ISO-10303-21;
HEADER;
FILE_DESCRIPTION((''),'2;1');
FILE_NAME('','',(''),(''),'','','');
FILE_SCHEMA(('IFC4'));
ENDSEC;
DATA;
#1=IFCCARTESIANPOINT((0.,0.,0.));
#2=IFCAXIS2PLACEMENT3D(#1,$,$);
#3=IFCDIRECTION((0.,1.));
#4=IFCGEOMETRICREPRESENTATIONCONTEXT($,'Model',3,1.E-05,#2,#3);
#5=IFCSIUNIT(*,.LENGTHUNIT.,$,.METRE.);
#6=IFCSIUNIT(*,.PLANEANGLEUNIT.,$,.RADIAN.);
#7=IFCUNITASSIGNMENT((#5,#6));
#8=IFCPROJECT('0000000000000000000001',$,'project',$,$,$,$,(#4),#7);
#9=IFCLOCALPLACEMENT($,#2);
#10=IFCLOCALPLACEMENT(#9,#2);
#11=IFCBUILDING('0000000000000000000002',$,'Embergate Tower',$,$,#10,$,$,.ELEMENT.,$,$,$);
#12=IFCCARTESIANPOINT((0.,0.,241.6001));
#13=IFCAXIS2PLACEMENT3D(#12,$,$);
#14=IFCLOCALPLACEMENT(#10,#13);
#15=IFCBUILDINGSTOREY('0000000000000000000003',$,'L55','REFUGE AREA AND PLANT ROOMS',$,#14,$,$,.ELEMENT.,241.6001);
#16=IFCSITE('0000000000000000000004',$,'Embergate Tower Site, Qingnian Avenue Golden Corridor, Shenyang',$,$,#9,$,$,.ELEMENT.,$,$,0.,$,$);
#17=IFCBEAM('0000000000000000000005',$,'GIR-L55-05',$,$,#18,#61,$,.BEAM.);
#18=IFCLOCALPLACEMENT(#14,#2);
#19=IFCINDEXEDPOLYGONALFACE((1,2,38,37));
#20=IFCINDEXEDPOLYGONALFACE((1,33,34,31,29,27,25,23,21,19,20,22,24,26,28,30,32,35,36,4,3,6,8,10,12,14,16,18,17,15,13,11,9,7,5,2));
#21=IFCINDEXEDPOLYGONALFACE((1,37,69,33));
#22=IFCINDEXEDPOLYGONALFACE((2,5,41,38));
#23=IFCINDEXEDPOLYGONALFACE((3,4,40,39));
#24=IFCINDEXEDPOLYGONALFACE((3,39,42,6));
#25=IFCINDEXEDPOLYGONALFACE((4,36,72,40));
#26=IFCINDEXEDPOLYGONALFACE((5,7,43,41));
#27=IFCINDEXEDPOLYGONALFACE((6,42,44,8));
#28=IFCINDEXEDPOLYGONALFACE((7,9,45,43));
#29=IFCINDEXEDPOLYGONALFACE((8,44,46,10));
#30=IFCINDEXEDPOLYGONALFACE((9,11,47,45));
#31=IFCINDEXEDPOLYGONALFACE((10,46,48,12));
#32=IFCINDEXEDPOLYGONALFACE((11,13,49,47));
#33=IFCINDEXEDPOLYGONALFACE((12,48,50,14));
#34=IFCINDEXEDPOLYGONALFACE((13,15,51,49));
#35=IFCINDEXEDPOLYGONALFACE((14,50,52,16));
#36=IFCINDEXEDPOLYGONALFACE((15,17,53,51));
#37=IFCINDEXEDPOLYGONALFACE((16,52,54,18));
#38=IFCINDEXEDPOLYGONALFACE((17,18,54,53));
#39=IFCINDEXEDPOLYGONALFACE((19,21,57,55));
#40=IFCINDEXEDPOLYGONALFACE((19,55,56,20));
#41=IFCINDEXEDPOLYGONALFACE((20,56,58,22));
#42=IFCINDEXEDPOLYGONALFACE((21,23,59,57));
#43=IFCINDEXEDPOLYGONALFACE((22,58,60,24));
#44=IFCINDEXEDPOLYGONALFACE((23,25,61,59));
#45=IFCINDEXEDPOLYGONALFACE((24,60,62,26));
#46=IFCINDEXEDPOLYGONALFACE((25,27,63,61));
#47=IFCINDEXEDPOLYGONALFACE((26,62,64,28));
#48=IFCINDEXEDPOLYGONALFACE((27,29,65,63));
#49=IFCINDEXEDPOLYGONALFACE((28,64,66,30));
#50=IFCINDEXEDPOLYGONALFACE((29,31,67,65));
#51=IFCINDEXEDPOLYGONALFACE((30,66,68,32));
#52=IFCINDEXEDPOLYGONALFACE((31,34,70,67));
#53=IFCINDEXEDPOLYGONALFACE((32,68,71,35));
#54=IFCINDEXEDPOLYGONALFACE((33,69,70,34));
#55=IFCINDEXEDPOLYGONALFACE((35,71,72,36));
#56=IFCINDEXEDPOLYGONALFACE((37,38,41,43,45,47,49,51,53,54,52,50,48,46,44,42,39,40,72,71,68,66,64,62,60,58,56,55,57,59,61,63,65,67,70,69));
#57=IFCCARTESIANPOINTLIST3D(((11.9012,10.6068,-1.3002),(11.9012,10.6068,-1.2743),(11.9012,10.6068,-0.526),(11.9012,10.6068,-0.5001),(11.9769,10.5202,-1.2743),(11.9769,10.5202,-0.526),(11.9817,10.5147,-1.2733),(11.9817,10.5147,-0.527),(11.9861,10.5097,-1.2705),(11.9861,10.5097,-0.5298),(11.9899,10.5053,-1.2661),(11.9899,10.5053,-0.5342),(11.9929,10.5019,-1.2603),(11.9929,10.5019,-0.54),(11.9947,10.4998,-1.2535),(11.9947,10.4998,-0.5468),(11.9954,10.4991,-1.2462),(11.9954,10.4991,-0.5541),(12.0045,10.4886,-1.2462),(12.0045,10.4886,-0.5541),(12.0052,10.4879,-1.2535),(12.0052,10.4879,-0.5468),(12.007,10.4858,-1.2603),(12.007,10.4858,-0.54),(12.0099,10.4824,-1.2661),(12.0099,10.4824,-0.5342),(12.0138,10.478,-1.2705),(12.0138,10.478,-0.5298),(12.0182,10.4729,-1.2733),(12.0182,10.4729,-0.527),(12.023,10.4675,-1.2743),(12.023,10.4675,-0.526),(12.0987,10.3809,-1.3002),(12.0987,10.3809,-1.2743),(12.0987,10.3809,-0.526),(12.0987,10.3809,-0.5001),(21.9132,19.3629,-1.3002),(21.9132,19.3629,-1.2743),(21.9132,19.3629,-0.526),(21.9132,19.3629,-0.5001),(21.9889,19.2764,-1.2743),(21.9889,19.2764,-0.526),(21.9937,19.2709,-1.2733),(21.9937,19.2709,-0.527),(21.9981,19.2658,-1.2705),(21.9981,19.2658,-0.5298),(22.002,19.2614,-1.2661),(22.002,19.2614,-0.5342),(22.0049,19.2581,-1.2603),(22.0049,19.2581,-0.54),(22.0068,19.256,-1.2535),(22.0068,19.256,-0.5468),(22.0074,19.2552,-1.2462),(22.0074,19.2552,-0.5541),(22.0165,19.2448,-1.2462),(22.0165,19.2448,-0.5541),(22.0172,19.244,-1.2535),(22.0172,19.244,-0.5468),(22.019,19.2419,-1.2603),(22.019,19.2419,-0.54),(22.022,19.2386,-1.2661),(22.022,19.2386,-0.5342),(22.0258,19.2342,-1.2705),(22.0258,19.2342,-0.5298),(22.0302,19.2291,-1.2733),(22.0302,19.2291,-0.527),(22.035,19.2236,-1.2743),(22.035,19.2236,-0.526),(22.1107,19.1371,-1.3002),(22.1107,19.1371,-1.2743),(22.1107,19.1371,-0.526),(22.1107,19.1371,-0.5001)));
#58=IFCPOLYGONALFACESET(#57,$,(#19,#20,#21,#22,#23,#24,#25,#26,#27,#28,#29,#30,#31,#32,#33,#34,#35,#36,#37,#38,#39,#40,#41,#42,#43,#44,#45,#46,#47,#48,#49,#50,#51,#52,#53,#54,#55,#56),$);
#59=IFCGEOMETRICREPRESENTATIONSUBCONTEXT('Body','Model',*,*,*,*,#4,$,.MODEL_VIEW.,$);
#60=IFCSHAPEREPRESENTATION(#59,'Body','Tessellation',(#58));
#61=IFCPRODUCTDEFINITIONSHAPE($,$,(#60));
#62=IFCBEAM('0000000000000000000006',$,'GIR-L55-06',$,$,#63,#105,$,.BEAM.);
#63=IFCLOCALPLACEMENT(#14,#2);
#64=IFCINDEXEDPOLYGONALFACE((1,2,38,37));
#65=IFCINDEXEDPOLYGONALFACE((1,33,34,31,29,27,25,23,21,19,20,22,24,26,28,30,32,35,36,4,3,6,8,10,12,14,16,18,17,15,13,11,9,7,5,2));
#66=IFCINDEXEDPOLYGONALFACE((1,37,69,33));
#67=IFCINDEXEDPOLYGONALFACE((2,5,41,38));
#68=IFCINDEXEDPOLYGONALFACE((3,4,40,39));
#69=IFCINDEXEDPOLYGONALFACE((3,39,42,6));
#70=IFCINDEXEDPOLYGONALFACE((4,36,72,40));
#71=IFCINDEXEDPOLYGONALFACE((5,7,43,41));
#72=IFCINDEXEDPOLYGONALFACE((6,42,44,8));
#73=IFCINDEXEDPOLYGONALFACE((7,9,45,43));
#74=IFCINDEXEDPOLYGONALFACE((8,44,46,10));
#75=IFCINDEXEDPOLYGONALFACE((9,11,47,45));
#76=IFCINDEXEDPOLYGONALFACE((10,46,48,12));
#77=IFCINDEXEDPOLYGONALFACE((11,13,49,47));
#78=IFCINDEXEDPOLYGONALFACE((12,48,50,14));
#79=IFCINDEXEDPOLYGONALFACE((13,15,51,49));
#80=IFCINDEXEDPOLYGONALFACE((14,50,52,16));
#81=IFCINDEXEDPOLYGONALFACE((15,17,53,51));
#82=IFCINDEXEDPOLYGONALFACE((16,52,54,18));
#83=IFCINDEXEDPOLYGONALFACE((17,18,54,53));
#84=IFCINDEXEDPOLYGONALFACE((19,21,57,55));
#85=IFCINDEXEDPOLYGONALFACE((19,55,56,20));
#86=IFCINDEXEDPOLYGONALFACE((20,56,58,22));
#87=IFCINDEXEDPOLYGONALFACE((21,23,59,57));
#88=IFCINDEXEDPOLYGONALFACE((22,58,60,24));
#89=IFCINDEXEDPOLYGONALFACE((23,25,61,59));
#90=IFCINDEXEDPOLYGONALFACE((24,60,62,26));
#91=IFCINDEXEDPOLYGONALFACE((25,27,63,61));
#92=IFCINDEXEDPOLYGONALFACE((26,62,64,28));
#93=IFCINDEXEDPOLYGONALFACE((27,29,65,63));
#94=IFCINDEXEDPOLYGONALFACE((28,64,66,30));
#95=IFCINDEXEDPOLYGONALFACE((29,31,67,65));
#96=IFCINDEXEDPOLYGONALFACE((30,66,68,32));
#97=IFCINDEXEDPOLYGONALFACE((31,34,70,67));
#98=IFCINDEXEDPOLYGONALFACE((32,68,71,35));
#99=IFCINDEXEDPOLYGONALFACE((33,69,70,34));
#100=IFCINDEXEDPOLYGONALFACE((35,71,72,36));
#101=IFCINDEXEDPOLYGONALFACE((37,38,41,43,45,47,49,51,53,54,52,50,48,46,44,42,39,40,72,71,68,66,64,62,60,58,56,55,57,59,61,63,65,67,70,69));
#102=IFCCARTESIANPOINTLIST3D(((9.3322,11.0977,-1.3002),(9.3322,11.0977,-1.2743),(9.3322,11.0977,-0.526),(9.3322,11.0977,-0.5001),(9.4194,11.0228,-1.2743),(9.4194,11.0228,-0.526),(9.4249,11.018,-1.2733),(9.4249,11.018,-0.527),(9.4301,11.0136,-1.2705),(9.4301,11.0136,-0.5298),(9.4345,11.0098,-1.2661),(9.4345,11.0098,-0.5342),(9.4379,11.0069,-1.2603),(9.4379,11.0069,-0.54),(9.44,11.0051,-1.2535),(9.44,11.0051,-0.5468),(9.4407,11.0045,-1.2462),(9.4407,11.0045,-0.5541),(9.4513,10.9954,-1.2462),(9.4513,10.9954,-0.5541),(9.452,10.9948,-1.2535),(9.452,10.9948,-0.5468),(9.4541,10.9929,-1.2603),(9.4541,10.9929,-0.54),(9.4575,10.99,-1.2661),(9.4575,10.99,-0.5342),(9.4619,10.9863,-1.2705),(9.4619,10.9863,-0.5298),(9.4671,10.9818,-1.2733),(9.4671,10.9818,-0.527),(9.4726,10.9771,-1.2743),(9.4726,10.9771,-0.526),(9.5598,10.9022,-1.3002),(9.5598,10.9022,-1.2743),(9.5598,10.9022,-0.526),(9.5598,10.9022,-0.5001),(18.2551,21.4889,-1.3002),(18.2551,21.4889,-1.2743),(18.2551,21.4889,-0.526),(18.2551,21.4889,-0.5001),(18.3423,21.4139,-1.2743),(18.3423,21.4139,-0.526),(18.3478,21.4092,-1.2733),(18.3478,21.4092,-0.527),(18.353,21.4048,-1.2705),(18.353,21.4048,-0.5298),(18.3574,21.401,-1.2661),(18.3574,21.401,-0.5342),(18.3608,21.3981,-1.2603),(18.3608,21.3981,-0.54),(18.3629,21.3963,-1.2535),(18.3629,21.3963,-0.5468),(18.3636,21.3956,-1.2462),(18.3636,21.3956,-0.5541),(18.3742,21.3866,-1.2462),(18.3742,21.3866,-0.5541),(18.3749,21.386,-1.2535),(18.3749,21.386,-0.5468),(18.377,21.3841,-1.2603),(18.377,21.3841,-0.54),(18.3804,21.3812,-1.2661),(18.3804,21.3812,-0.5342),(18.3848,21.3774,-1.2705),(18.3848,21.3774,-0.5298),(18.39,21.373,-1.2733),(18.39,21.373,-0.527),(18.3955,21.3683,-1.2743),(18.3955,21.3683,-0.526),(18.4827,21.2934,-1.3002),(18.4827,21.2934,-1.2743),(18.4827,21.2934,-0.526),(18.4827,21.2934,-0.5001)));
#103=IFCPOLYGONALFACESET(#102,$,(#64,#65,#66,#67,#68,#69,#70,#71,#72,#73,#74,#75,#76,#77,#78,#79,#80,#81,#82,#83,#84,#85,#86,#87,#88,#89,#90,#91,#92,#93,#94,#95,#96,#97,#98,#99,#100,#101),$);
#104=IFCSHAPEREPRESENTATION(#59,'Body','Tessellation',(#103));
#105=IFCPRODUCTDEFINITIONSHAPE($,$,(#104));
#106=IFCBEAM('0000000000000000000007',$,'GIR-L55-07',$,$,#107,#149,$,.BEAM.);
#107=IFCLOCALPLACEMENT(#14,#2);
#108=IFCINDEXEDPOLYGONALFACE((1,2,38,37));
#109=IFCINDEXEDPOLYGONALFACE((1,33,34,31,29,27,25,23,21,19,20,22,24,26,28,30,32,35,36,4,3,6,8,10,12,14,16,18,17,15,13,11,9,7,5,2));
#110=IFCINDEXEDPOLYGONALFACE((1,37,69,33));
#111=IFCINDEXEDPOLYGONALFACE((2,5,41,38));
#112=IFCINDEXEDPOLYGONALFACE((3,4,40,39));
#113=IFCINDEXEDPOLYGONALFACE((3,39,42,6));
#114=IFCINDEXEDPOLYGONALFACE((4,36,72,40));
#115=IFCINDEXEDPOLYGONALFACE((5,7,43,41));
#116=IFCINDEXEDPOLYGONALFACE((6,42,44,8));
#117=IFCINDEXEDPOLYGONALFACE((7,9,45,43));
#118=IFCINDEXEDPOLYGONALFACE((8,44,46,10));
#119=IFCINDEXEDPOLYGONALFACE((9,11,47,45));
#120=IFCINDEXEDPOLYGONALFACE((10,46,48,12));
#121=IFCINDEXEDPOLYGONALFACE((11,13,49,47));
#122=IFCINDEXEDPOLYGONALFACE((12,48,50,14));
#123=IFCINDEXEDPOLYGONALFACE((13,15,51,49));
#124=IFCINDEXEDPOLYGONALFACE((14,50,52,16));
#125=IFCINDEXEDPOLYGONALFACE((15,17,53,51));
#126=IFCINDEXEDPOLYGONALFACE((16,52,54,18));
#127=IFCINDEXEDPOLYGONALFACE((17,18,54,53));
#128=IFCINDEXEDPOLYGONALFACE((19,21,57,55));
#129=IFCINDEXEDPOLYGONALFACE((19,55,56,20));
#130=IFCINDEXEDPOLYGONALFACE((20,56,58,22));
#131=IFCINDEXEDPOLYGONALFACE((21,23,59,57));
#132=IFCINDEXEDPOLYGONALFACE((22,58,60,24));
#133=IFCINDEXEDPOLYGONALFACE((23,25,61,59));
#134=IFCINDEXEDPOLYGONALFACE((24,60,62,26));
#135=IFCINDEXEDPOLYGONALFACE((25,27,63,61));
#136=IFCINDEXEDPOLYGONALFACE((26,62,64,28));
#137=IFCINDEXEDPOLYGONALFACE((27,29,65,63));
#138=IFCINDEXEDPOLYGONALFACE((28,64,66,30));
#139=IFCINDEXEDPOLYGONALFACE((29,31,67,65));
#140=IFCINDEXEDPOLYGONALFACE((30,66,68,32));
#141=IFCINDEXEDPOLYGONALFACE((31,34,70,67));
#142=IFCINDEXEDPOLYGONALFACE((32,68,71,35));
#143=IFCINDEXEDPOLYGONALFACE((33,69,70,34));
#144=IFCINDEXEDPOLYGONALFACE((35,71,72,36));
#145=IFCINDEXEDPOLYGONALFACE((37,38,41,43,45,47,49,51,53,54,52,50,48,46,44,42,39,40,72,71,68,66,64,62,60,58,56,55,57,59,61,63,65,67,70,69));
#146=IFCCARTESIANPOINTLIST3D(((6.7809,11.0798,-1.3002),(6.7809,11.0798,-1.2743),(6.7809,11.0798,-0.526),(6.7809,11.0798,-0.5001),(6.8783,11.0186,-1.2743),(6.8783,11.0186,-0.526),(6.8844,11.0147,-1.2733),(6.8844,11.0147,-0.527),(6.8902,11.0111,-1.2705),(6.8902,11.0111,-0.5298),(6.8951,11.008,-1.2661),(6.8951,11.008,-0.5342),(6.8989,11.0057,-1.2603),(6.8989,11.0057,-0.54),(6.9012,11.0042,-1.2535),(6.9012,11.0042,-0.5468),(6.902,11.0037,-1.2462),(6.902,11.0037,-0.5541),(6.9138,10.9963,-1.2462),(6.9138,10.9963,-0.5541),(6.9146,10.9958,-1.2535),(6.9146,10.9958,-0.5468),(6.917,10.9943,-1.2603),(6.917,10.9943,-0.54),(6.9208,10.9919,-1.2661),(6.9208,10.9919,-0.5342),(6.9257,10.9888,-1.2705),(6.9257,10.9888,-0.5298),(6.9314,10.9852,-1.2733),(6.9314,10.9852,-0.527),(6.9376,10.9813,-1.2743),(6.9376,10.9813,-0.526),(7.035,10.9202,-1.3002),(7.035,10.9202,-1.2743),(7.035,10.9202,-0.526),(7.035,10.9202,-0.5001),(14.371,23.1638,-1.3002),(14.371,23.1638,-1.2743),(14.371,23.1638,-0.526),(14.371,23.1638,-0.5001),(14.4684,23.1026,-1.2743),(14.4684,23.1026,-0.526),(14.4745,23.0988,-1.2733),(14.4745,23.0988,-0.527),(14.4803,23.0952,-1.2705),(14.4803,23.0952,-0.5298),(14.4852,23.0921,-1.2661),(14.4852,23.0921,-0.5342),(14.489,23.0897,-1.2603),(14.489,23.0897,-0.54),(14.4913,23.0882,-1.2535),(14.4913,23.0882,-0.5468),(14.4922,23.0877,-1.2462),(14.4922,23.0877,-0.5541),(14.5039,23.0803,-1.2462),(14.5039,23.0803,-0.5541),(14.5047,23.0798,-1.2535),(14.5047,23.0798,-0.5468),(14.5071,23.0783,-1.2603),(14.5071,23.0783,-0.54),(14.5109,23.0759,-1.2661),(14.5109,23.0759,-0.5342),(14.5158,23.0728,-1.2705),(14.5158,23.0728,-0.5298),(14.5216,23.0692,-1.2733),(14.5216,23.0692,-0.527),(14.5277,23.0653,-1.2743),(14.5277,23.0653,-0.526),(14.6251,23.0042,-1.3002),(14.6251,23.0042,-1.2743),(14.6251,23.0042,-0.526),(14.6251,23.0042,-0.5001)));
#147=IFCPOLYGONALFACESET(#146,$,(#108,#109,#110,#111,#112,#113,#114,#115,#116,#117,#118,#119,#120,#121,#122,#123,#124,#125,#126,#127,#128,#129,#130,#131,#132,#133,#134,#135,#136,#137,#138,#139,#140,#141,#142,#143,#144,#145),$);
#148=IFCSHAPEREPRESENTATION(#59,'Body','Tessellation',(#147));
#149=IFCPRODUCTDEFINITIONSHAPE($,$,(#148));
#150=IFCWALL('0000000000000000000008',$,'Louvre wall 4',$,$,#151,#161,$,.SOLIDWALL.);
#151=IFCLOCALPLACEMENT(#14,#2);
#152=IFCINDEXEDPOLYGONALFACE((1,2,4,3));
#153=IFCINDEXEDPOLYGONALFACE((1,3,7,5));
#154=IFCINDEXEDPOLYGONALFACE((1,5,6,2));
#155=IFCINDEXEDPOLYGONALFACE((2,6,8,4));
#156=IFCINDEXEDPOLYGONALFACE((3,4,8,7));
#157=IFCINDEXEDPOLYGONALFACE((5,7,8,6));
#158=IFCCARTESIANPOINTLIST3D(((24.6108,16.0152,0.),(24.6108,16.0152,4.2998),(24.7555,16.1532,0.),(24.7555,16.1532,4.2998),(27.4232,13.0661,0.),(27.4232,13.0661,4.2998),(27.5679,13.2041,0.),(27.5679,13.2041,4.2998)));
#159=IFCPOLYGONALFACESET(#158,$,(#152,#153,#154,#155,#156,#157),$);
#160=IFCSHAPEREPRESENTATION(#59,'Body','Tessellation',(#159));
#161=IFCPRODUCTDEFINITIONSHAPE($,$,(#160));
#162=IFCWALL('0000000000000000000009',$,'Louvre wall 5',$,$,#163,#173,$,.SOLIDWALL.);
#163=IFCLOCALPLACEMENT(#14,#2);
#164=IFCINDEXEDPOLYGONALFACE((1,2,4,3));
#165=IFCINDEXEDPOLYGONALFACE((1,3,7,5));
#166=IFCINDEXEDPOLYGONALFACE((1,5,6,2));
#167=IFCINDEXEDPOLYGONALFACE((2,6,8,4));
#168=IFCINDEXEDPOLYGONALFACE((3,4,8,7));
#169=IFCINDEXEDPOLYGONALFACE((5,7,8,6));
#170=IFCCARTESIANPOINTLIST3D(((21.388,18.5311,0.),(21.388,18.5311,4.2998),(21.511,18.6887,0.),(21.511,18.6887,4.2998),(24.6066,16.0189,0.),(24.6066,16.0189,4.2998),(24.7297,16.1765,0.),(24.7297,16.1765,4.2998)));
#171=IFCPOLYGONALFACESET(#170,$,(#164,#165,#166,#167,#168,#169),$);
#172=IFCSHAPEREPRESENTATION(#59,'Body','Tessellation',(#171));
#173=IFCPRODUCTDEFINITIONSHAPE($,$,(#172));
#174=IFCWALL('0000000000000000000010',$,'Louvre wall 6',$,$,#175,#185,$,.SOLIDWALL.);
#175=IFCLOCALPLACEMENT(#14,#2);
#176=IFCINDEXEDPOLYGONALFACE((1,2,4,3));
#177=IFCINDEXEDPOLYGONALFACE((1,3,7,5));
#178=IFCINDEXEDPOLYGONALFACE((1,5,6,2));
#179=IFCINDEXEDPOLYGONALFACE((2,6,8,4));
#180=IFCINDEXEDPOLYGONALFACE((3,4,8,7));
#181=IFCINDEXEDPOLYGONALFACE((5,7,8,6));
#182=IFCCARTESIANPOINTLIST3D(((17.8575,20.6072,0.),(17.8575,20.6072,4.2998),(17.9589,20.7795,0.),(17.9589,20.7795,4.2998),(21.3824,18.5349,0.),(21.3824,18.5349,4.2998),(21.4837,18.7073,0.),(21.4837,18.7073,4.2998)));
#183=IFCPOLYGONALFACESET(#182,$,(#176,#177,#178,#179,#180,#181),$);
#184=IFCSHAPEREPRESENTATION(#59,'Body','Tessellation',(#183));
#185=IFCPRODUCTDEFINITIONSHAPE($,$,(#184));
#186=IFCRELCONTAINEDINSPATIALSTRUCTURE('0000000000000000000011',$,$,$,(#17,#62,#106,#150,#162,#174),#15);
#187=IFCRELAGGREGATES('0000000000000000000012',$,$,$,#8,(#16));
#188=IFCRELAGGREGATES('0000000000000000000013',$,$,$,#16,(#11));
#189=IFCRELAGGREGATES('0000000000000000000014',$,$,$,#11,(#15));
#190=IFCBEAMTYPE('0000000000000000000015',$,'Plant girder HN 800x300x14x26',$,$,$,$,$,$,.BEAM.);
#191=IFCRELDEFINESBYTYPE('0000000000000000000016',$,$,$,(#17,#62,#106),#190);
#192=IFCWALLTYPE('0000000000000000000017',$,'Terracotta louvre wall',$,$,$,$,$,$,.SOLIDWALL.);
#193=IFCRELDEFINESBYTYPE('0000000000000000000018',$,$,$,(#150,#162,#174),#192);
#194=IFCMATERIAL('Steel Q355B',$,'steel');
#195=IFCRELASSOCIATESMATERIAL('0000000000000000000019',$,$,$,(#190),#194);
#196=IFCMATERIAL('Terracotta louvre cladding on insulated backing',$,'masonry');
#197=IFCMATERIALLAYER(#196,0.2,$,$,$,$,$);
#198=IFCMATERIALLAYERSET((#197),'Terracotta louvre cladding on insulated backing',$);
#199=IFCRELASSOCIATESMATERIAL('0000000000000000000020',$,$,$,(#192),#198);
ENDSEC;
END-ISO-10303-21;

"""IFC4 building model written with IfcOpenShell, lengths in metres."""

from ifc_helpers import new_model, si_unit, direction, frame, frame_2d, origin, origin_2d, place, context, subcontext, project, spatial, rectangle, i_section, extrude, source, transform, mapped, material, layer, layer_set, material_profile, profile_set, type_object, element, save


model = new_model("IFC4")

# Units and contexts
model_context = context("Model", 3, precision=1e-05, world=origin(), true_north=direction((0.0, 1.0)))
body_context = subcontext(model_context, "Body", "Model", "MODEL_VIEW")
ifc_project = project(units=[si_unit("LENGTHUNIT", "METRE"), si_unit("PLANEANGLEUNIT", "RADIAN")], contexts=[model_context])

# Site, building, storey
site_placement = place(None, origin())
site = spatial("IfcSite", under=ifc_project, at=site_placement, Name="Embergate Tower Site, Qingnian Avenue Golden Corridor, Shenyang", CompositionType="ELEMENT", RefElevation=0.0)
building_placement = place(site_placement, origin())
building = spatial("IfcBuilding", under=site, at=building_placement, Name="Embergate Tower", CompositionType="ELEMENT")
storey_placement = place(building_placement, frame((0.0, 0.0, 241.6001)))
storey = spatial("IfcBuildingStorey", under=building, at=storey_placement, Name="L55", Description="REFUGE AREA AND PLANT ROOMS", CompositionType="ELEMENT", Elevation=241.6001)

# Beams
ifc_material_1 = material(Name="Steel Q355B", Category="steel")
ifc_material_profile_1 = material_profile(ifc_material_1, i_section(OverallWidth=0.3, OverallDepth=0.8, WebThickness=0.0139, FlangeThickness=0.0259, FilletRadius=0.0281, at=origin_2d()), Name="HN 800x300x14x26")
ifc_profile_set_1 = profile_set([ifc_material_profile_1], Name="Steel Q355 grade B")
beam_type_1 = type_object("IfcBeamType", Name="Plant girder HN 800x300x14x26", PredefinedType="BEAM", material=ifc_profile_set_1)
shared_shape_1 = source(origin(), body_context, "Body", "SweptSolid", [
    extrude(i_section(OverallWidth=0.3, OverallDepth=0.8, WebThickness=0.0139, FlangeThickness=0.0259, FilletRadius=0.0281, at=origin_2d()), origin(), (0.0, 0.0, 1.0), 13.3008),
])
beam_1_placement = place(storey_placement, frame((22.012, 19.25, -0.9001), z_axis=(-0.752739, -0.658319, 0.0), x_axis=(0.658319, -0.752739, 0.0)))
element("IfcBeam", 1, at=beam_1_placement, inside=storey, type_object=beam_type_1, Name="GIR-L55-05", PredefinedType="BEAM", context=body_context, shape_type="MappedRepresentation", body=[
    mapped(shared_shape_1, transform((0.0, 0.0, 0.0))),
])
shared_shape_2 = source(origin(), body_context, "Body", "SweptSolid", [
    extrude(i_section(OverallWidth=0.3, OverallDepth=0.8, WebThickness=0.0139, FlangeThickness=0.0259, FilletRadius=0.0281, at=origin_2d()), origin(), (0.0, 0.0, 1.0), 13.6965),
])
beam_2_placement = place(storey_placement, frame((18.3689, 21.3911, -0.9001), z_axis=(-0.651472, -0.758672, 0.0), x_axis=(0.758672, -0.651472, 0.0)))
element("IfcBeam", 2, at=beam_2_placement, inside=storey, type_object=beam_type_1, Name="GIR-L55-06", PredefinedType="BEAM", context=body_context, shape_type="MappedRepresentation", body=[
    mapped(shared_shape_2, transform((0.0, 0.0, 0.0))),
])
shared_shape_3 = source(origin(), body_context, "Body", "SweptSolid", [
    extrude(i_section(OverallWidth=0.3, OverallDepth=0.8, WebThickness=0.0139, FlangeThickness=0.0259, FilletRadius=0.0281, at=origin_2d()), origin(), (0.0, 0.0, 1.0), 14.27),
])
beam_3_placement = place(storey_placement, frame((14.498, 23.084, -0.9001), z_axis=(-0.531892, -0.846812, 0.0), x_axis=(0.846812, -0.531892, 0.0)))
element("IfcBeam", 3, at=beam_3_placement, inside=storey, type_object=beam_type_1, Name="GIR-L55-07", PredefinedType="BEAM", context=body_context, shape_type="MappedRepresentation", body=[
    mapped(shared_shape_3, transform((0.0, 0.0, 0.0))),
])

# Walls
ifc_material_2 = material(Name="Terracotta louvre cladding on insulated backing", Category="masonry")
ifc_layer_1 = layer(ifc_material_2, 0.2)
ifc_layer_set_1 = layer_set([ifc_layer_1], Name="Terracotta louvre cladding on insulated backing")
wall_type = type_object("IfcWallType", Name="Terracotta louvre wall", PredefinedType="SOLIDWALL", material=ifc_layer_set_1)
shared_shape_4 = source(origin(), body_context, "Body", "SweptSolid", [
    extrude(rectangle(XDim=4.0752, YDim=0.2, at=frame_2d((2.0376, 0.0))), origin(), (0.0, 0.0, 1.0), 4.2998),
])
wall_1_placement = place(storey_placement, frame((24.6831, 16.0842, 0.0), z_axis=(0.0, 0.0, 1.0), x_axis=(0.690134, -0.723682, 0.0)))
element("IfcWall", 4, at=wall_1_placement, inside=storey, type_object=wall_type, Name="Louvre wall 4", PredefinedType="SOLIDWALL", context=body_context, shape_type="MappedRepresentation", body=[
    mapped(shared_shape_4, transform((0.0, 0.0, 0.0))),
])
shared_shape_5 = source(origin(), body_context, "Body", "SweptSolid", [
    extrude(rectangle(XDim=4.083, YDim=0.2, at=frame_2d((2.0415, 0.0))), origin(), (0.0, 0.0, 1.0), 4.2998),
])
wall_2_placement = place(storey_placement, frame((21.4495, 18.6099, 0.0), z_axis=(0.0, 0.0, 1.0), x_axis=(0.788314, -0.615273, 0.0)))
element("IfcWall", 5, at=wall_2_placement, inside=storey, type_object=wall_type, Name="Louvre wall 5", PredefinedType="SOLIDWALL", context=body_context, shape_type="MappedRepresentation", body=[
    mapped(shared_shape_5, transform((0.0, 0.0, 0.0))),
])
shared_shape_6 = source(origin(), body_context, "Body", "SweptSolid", [
    extrude(rectangle(XDim=4.0889, YDim=0.2, at=frame_2d((2.0444, 0.0))), origin(), (0.0, 0.0, 1.0), 4.2998),
])
wall_3_placement = place(storey_placement, frame((17.9082, 20.6934, 0.0), z_axis=(0.0, 0.0, 1.0), x_axis=(0.862063, -0.506801, 0.0)))
element("IfcWall", 6, at=wall_3_placement, inside=storey, type_object=wall_type, Name="Louvre wall 6", PredefinedType="SOLIDWALL", context=body_context, shape_type="MappedRepresentation", body=[
    mapped(shared_shape_6, transform((0.0, 0.0, 0.0))),
])

save(model, "model.ifc")
